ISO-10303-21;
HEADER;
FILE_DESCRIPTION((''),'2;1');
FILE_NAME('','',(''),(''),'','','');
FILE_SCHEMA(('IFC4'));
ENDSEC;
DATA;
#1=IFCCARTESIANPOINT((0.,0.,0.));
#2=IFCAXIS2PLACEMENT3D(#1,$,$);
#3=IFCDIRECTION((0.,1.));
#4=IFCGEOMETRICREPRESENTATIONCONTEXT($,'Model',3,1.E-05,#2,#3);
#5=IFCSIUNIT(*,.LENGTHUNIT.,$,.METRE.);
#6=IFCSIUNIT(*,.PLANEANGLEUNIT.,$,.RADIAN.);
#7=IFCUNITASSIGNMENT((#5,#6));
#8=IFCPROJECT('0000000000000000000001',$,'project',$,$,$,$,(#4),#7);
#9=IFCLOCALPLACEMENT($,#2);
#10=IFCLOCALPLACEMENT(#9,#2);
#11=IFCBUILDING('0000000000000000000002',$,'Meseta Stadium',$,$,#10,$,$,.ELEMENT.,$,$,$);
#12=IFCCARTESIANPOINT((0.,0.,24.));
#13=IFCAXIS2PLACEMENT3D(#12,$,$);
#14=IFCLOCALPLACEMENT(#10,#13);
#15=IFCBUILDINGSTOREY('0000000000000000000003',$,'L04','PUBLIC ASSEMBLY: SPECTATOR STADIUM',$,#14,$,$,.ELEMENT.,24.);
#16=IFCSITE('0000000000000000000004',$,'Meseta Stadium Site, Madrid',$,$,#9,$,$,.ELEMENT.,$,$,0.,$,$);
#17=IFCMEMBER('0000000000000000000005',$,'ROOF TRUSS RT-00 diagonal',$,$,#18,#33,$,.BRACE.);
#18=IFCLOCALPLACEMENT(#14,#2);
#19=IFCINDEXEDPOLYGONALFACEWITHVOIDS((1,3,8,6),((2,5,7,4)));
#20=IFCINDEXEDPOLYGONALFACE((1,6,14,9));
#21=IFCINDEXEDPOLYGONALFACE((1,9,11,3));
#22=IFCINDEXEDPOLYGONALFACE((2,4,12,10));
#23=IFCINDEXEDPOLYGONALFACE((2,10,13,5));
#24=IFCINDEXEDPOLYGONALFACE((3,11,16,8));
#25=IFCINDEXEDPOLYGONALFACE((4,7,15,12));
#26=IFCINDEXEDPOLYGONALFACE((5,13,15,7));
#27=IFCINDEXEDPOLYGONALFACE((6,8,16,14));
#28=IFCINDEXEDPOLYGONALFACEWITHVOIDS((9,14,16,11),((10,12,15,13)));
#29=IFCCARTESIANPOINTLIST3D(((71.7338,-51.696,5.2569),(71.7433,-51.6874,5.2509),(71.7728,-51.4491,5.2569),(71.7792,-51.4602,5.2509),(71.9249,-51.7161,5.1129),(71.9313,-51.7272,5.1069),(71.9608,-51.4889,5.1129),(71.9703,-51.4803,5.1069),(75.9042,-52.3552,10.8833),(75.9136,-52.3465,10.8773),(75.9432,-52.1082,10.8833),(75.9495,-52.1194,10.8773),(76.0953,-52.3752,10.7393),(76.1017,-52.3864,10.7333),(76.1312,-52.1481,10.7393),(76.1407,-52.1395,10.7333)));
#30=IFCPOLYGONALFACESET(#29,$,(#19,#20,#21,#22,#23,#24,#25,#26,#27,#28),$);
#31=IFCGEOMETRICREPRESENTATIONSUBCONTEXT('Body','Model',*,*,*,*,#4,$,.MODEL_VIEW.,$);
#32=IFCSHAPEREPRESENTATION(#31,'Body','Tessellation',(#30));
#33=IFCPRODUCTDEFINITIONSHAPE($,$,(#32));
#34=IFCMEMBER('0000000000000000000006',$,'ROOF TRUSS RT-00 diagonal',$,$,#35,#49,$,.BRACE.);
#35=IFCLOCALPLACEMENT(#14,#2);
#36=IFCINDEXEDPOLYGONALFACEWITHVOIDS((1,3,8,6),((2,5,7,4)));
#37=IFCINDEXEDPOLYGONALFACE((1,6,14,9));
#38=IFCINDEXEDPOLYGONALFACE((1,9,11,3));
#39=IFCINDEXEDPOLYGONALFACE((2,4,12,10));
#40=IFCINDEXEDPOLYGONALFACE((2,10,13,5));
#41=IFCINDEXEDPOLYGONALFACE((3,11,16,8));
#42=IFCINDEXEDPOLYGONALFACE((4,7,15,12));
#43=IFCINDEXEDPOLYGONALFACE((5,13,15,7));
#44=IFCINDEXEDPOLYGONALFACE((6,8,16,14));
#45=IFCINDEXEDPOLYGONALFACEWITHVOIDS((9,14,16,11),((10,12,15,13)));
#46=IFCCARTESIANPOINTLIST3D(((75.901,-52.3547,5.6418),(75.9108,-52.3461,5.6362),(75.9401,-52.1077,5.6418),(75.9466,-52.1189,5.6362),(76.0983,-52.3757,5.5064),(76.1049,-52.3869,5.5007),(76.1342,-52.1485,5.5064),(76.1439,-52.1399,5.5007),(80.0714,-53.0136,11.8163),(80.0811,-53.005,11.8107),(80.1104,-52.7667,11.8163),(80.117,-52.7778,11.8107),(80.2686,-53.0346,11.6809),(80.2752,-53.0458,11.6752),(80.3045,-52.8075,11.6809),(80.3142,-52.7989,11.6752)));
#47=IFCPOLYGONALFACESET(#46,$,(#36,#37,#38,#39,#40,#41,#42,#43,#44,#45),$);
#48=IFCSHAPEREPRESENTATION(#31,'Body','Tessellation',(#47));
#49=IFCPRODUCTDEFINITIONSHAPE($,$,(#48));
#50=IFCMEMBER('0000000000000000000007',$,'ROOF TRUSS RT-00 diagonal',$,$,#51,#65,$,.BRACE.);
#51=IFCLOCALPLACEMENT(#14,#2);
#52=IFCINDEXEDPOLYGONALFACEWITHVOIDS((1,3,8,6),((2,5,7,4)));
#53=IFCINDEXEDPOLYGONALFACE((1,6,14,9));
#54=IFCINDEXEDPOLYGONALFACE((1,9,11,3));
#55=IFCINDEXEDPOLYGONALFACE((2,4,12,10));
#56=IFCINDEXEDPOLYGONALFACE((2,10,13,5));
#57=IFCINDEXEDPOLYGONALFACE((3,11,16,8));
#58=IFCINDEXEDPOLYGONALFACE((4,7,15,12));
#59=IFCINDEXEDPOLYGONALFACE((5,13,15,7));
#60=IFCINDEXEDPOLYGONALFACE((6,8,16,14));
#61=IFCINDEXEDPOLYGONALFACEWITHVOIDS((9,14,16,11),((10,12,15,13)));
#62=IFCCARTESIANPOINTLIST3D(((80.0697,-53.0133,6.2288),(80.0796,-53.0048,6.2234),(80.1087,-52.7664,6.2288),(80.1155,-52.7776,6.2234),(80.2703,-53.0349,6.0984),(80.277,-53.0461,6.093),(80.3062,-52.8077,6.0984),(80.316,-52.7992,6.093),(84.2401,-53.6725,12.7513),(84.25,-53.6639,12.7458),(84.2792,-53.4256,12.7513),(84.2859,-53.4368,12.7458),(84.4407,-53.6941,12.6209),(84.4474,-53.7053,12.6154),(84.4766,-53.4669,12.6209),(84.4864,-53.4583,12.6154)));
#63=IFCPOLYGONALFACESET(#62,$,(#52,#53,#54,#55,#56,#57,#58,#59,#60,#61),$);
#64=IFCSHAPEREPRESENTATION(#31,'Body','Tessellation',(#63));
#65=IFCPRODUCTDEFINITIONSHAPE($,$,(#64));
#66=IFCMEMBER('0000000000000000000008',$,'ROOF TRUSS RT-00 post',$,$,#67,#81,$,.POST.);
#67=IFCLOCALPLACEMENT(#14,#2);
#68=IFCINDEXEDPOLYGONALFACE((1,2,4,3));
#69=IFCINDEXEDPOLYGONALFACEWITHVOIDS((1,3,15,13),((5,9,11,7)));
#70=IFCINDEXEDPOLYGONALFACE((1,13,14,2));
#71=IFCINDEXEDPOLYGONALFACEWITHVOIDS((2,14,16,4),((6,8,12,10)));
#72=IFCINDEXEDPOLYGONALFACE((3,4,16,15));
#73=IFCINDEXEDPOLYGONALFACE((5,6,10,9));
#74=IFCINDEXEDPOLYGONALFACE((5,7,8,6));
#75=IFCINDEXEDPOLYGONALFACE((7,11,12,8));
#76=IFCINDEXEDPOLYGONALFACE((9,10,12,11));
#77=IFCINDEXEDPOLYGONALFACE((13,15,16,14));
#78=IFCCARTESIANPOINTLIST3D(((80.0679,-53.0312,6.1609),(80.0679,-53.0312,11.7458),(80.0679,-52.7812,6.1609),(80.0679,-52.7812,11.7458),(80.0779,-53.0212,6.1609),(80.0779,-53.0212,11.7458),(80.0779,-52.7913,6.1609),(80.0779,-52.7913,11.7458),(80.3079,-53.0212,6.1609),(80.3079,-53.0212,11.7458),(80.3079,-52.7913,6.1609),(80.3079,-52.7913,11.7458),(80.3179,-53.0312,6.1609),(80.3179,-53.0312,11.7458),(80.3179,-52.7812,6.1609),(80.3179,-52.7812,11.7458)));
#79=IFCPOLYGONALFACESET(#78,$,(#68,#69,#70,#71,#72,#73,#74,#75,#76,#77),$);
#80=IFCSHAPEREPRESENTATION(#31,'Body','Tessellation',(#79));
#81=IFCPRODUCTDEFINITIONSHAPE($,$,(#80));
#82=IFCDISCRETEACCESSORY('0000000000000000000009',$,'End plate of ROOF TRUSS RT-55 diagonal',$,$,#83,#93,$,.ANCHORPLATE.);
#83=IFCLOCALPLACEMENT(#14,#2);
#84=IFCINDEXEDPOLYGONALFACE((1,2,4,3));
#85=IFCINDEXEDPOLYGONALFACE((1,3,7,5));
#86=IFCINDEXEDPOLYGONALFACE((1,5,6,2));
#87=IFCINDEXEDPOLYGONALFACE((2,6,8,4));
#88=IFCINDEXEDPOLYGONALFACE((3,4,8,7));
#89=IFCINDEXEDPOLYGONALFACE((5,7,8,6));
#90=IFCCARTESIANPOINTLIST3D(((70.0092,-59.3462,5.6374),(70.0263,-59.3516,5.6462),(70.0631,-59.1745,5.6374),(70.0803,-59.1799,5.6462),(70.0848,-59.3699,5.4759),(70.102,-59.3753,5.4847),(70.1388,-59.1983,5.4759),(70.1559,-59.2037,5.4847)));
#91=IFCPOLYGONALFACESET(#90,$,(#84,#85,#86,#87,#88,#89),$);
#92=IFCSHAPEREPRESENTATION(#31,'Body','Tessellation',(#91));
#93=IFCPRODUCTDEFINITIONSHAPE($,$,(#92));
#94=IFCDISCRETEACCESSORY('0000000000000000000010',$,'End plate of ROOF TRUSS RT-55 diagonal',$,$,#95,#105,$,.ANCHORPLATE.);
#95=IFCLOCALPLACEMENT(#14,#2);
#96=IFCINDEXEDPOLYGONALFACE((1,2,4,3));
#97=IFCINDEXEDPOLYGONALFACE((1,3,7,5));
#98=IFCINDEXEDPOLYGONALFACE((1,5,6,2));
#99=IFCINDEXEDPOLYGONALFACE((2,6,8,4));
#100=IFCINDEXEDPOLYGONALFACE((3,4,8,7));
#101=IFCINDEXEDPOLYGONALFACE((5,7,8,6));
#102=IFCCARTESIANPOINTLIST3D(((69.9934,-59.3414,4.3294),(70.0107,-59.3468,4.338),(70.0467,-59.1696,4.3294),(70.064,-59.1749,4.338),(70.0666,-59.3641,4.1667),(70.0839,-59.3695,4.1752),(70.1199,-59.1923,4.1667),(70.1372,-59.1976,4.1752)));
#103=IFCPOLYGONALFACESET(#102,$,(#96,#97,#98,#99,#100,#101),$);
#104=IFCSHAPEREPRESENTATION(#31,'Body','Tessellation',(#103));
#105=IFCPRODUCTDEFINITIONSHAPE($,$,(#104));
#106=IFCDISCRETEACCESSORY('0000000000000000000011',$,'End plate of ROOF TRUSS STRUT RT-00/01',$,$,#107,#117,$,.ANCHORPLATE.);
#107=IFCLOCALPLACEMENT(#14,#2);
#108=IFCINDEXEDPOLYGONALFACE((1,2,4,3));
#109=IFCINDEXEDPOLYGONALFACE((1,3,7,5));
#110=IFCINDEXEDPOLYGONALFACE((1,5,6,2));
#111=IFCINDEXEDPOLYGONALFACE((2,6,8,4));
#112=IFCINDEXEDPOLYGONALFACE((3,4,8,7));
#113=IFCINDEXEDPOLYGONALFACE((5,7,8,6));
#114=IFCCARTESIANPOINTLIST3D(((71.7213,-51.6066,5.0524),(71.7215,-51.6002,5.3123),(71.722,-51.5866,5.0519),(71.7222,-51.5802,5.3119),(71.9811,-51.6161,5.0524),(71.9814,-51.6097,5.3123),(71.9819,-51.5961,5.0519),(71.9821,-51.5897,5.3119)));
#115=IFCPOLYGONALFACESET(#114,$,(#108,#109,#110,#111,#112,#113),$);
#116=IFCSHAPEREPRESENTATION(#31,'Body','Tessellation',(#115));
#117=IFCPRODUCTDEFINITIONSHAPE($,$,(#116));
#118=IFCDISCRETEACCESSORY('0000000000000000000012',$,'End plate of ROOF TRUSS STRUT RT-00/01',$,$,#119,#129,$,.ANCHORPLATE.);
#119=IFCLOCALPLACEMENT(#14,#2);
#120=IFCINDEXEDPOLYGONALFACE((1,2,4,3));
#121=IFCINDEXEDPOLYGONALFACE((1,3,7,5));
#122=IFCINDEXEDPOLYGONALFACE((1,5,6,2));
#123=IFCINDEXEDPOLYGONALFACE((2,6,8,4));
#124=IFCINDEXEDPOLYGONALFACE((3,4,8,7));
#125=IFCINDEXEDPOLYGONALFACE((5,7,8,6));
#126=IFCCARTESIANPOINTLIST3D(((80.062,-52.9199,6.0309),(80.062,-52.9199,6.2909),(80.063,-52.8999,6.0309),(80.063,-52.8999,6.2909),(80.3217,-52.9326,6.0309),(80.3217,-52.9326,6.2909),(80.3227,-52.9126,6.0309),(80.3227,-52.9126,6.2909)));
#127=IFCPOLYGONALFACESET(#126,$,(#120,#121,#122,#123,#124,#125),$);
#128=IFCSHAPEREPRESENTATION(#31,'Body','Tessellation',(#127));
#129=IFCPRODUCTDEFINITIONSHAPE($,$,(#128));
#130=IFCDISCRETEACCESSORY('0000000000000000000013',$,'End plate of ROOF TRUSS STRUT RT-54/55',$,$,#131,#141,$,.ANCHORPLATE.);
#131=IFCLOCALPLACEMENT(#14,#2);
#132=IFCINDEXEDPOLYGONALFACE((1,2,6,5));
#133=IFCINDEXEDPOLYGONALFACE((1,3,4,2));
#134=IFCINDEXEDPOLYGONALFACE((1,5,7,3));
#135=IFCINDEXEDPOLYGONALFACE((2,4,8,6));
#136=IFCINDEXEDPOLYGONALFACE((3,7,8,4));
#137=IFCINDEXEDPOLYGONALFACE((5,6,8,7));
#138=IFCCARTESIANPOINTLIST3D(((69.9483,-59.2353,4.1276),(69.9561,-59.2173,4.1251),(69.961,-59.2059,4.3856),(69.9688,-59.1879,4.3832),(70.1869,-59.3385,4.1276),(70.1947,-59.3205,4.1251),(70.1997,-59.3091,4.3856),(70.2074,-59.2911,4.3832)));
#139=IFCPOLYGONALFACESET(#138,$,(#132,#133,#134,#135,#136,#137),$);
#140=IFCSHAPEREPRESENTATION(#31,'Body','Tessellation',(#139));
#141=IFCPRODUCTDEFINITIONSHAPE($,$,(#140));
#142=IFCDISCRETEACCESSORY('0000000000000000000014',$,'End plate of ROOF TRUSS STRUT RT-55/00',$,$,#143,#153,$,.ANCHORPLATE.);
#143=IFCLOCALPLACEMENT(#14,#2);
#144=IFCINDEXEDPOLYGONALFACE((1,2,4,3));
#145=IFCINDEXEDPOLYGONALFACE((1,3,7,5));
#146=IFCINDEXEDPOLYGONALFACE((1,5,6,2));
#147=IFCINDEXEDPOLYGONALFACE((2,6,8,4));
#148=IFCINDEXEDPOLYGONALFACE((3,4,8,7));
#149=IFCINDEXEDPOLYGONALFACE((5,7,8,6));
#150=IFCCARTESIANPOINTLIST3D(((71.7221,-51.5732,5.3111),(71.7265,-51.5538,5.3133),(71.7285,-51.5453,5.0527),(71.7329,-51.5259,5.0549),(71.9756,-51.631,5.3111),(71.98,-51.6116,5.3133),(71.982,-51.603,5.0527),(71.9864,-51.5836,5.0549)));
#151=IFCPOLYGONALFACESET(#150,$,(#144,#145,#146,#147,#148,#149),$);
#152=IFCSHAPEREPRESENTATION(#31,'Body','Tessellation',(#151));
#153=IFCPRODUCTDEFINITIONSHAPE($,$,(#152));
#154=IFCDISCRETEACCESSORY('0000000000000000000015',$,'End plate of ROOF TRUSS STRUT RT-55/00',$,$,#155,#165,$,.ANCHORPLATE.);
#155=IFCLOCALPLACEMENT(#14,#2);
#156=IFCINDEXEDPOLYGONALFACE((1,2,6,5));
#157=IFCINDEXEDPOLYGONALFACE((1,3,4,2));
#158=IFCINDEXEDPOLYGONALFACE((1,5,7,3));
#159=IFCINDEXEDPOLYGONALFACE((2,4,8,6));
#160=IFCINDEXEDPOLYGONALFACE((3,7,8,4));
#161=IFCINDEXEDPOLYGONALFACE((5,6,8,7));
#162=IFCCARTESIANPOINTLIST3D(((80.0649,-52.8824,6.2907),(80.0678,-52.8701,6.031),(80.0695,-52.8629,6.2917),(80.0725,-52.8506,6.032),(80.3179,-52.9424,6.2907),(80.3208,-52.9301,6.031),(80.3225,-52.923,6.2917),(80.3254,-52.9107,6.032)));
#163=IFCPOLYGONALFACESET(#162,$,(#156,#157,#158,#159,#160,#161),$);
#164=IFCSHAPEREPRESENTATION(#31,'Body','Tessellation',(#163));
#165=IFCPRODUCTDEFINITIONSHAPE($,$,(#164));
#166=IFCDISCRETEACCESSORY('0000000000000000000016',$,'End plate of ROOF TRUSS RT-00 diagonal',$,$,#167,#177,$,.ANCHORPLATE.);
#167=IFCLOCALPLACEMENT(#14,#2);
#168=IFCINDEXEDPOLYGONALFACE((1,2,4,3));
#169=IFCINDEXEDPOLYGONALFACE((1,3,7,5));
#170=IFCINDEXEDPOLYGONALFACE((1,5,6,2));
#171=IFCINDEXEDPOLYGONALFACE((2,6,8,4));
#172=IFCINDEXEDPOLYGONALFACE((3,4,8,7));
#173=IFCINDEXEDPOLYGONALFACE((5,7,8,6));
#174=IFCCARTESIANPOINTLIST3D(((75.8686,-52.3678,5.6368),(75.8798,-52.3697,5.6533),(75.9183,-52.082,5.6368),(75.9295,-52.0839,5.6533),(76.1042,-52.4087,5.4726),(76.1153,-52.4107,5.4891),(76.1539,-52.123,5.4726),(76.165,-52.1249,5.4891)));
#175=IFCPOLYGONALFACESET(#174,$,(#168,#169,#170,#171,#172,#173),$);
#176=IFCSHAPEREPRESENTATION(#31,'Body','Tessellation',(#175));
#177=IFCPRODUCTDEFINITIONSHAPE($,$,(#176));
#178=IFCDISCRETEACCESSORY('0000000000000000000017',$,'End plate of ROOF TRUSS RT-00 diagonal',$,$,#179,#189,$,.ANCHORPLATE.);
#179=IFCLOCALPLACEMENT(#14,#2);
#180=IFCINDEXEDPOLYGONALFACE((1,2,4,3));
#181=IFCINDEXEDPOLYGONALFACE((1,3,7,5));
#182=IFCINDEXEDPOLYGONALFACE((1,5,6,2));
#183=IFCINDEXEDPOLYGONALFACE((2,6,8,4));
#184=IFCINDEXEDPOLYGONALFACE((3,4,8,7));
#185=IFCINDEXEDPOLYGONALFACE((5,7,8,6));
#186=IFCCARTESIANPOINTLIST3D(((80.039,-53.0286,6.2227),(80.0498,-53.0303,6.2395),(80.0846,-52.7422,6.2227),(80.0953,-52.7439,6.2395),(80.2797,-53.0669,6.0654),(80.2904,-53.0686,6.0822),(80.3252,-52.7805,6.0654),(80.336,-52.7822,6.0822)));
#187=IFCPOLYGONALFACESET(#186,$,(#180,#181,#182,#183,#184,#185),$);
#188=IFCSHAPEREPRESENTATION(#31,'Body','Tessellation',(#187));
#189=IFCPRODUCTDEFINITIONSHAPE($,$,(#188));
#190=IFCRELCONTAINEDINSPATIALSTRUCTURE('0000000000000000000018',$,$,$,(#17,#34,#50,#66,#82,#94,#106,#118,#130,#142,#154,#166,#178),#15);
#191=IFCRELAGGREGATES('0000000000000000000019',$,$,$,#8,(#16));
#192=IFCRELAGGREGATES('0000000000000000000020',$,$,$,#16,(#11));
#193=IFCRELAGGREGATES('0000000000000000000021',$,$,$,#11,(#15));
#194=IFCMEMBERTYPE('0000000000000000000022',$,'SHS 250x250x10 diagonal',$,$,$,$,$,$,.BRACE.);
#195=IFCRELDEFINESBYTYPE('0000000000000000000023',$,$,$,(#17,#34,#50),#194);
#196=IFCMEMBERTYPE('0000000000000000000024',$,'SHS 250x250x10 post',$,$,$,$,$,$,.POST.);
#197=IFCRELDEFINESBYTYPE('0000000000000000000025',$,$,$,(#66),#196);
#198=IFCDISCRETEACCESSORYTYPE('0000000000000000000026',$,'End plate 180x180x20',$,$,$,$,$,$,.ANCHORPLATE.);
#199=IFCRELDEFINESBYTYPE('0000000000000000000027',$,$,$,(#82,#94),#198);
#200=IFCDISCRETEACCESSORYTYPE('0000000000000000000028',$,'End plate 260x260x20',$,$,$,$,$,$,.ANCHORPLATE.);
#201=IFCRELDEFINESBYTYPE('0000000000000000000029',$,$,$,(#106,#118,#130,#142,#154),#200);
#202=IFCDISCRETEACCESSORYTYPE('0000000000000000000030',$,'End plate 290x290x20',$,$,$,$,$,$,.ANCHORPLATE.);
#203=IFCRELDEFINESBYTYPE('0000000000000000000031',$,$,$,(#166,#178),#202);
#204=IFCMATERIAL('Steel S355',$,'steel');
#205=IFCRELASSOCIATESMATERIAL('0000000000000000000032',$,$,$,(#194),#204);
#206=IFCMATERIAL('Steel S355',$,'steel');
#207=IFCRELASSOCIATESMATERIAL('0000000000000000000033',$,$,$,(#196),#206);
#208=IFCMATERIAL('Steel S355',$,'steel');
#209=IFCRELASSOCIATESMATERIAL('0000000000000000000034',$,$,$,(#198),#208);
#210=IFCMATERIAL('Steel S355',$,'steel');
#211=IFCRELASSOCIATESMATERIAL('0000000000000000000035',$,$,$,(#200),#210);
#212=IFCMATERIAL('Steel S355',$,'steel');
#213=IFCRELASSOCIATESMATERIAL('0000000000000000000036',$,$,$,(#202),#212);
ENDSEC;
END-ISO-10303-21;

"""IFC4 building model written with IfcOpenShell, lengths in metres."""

from ifc_helpers import new_model, si_unit, direction, frame, origin, origin_2d, place, context, subcontext, project, spatial, rectangle, hollow_rectangle, extrude, material, material_profile, profile_set, type_object, element, save


model = new_model("IFC4")

# Units and contexts
model_context = context("Model", 3, precision=1e-05, world=origin(), true_north=direction((0.0, 1.0)))
body_context = subcontext(model_context, "Body", "Model", "MODEL_VIEW")
ifc_project = project(units=[si_unit("LENGTHUNIT", "METRE"), si_unit("PLANEANGLEUNIT", "RADIAN")], contexts=[model_context])

# Site, building, storey
site_placement = place(None, origin())
site = spatial("IfcSite", under=ifc_project, at=site_placement, Name="Meseta Stadium Site, Madrid", CompositionType="ELEMENT", RefElevation=0.0)
building_placement = place(site_placement, origin())
building = spatial("IfcBuilding", under=site, at=building_placement, Name="Meseta Stadium", CompositionType="ELEMENT")
storey_placement = place(building_placement, frame((0.0, 0.0, 24.0)))
storey = spatial("IfcBuildingStorey", under=building, at=storey_placement, Name="L04", Description="PUBLIC ASSEMBLY: SPECTATOR STADIUM", CompositionType="ELEMENT", Elevation=24.0)

# Members
ifc_material_1 = material(Name="Steel S355", Category="steel")
ifc_material_profile_1 = material_profile(ifc_material_1, hollow_rectangle(XDim=0.25, YDim=0.25, WallThickness=0.01, at=origin_2d()), Name="SHS 250x250x10")
ifc_profile_set_1 = profile_set([ifc_material_profile_1], Name="Steel S355")
member_type_1 = type_object("IfcMemberType", Name="SHS 250x250x10 diagonal", PredefinedType="BRACE", material=ifc_profile_set_1)
member_1_placement = place(storey_placement, frame((71.8521, -51.5881, 5.1819), z_axis=(0.592852, -0.093707, 0.799841), x_axis=(0.156123, 0.987738, 0.0)))
element("IfcMember", 1, at=member_1_placement, inside=storey, type_object=member_type_1, Name="ROOF TRUSS RT-00 diagonal", PredefinedType="BRACE", context=body_context, shape_type="SweptSolid", body=[
    extrude(hollow_rectangle(XDim=0.25, YDim=0.25, WallThickness=0.01, at=origin_2d()), origin(), (0.0, 0.0, 1.0), 7.0344),
])
member_2_placement = place(storey_placement, frame((76.0225, -52.2473, 5.5713), z_axis=(0.557535, -0.088092, 0.825466), x_axis=(0.156066, 0.987747, 0.0)))
element("IfcMember", 2, at=member_2_placement, inside=storey, type_object=member_type_1, Name="ROOF TRUSS RT-00 diagonal", PredefinedType="BRACE", context=body_context, shape_type="SweptSolid", body=[
    extrude(hollow_rectangle(XDim=0.25, YDim=0.25, WallThickness=0.01, at=origin_2d()), origin(), (0.0, 0.0, 1.0), 7.48),
])
member_3_placement = place(storey_placement, frame((80.1929, -52.9062, 6.1609), z_axis=(0.536748, -0.084839, 0.839466), x_axis=(0.156123, 0.987738, 0.0)))
element("IfcMember", 3, at=member_3_placement, inside=storey, type_object=member_type_1, Name="ROOF TRUSS RT-00 diagonal", PredefinedType="BRACE", context=body_context, shape_type="SweptSolid", body=[
    extrude(hollow_rectangle(XDim=0.25, YDim=0.25, WallThickness=0.01, at=origin_2d()), origin(), (0.0, 0.0, 1.0), 7.7698),
])
ifc_material_2 = material(Name="Steel S355", Category="steel")
ifc_material_profile_2 = material_profile(ifc_material_2, hollow_rectangle(XDim=0.25, YDim=0.25, WallThickness=0.01, at=origin_2d()), Name="SHS 250x250x10")
ifc_profile_set_2 = profile_set([ifc_material_profile_2], Name="Steel S355")
member_type_2 = type_object("IfcMemberType", Name="SHS 250x250x10 post", PredefinedType="POST", material=ifc_profile_set_2)
member_4_placement = place(storey_placement, frame((80.1929, -52.9062, 6.1609), z_axis=(0.0, 0.0, 1.0), x_axis=(1.0, 0.0, 0.0)))
element("IfcMember", 4, at=member_4_placement, inside=storey, type_object=member_type_2, Name="ROOF TRUSS RT-00 post", PredefinedType="POST", context=body_context, shape_type="SweptSolid", body=[
    extrude(hollow_rectangle(XDim=0.25, YDim=0.25, WallThickness=0.01, at=origin_2d()), origin(), (0.0, 0.0, 1.0), 5.585),
])

# Discrete accessories
ifc_material_3 = material(Name="Steel S355", Category="steel")
ifc_material_profile_3 = material_profile(ifc_material_3, rectangle(XDim=0.1799, YDim=0.1799, at=origin_2d()), Name="PL 180x180")
ifc_profile_set_3 = profile_set([ifc_material_profile_3], Name="Steel S355")
discrete_accessory_type_1 = type_object("IfcDiscreteAccessoryType", Name="End plate 180x180x20", PredefinedType="ANCHORPLATE", material=ifc_profile_set_3)
for number, where, z_axis, x_axis, name in (
    (5, (70.074, -59.2722, 5.5566), (0.856465, -0.269175, 0.440468), (0.299827, 0.953994, 0.0), "End plate of ROOF TRUSS RT-55 diagonal"),
    (6, (70.0566, -59.2668, 4.248), (0.864184, -0.267775, 0.426006), (0.295976, 0.955195, 0.0), "End plate of ROOF TRUSS RT-55 diagonal"),
):
    element("IfcDiscreteAccessory", number, at=place(storey_placement, frame(where, z_axis=z_axis, x_axis=x_axis)), inside=storey, type_object=discrete_accessory_type_1, Name=name, PredefinedType="ANCHORPLATE", context=body_context, shape_type="SweptSolid", body=[
        extrude(rectangle(XDim=0.1799, YDim=0.1799, at=origin_2d()), origin(), (0.0, 0.0, 1.0), 0.02),
    ])
ifc_material_4 = material(Name="Steel S355", Category="steel")
ifc_material_profile_4 = material_profile(ifc_material_4, rectangle(XDim=0.26, YDim=0.26, at=origin_2d()), Name="PL 260x260")
ifc_profile_set_4 = profile_set([ifc_material_profile_4], Name="Steel S355")
discrete_accessory_type_2 = type_object("IfcDiscreteAccessoryType", Name="End plate 260x260x20", PredefinedType="ANCHORPLATE", material=ifc_profile_set_4)
for number, where, z_axis, x_axis, name in (
    (7, (71.8513, -51.6082, 5.1824), (0.03655, 0.999035, -0.024367), (-0.999331, 0.036561, 0.0), "End plate of ROOF TRUSS STRUT RT-00/01"),
    (8, (80.1919, -52.9263, 6.1609), (0.048723, 0.998812, 0.0), (-0.998812, 0.048723, 0.0), "End plate of ROOF TRUSS STRUT RT-00/01"),
):
    element("IfcDiscreteAccessory", number, at=place(storey_placement, frame(where, z_axis=z_axis, x_axis=x_axis)), inside=storey, type_object=discrete_accessory_type_2, Name=name, PredefinedType="ANCHORPLATE", context=body_context, shape_type="SweptSolid", body=[
        extrude(rectangle(XDim=0.26, YDim=0.26, at=origin_2d()), origin(), (0.0, 0.0, 1.0), 0.02),
    ])
discrete_accessory_placement = place(storey_placement, frame((70.074, -59.2722, 4.2566), z_axis=(0.393893, 0.910877, -0.123091), x_axis=(-0.917857, 0.396911, 0.0)))
element("IfcDiscreteAccessory", 9, at=discrete_accessory_placement, inside=storey, type_object=discrete_accessory_type_2, Name="End plate of ROOF TRUSS STRUT RT-54/55", PredefinedType="ANCHORPLATE", context=body_context, shape_type="SweptSolid", body=[
    extrude(rectangle(XDim=0.26, YDim=0.26, at=origin_2d()), origin(), (0.0, 0.0, 1.0), 0.0198),
])
for number, where, z_axis, x_axis, name in (
    (10, (71.8521, -51.5881, 5.1819), (0.220797, 0.969052, 0.110398), (-0.975011, 0.222155, 0.0), "End plate of ROOF TRUSS STRUT RT-55/00"),
    (11, (80.1929, -52.9062, 6.1609), (0.230799, 0.971787, 0.048589), (-0.972937, 0.231072, 0.0), "End plate of ROOF TRUSS STRUT RT-55/00"),
):
    element("IfcDiscreteAccessory", number, at=place(storey_placement, frame(where, z_axis=z_axis, x_axis=x_axis)), inside=storey, type_object=discrete_accessory_type_2, Name=name, PredefinedType="ANCHORPLATE", context=body_context, shape_type="SweptSolid", body=[
        extrude(rectangle(XDim=0.26, YDim=0.26, at=origin_2d()), origin(), (0.0, 0.0, 1.0), 0.02),
    ])
ifc_material_5 = material(Name="Steel S355", Category="steel")
ifc_material_profile_5 = material_profile(ifc_material_5, rectangle(XDim=0.29, YDim=0.29, at=origin_2d()), Name="PL 290x290")
ifc_profile_set_5 = profile_set([ifc_material_profile_5], Name="Steel S355")
discrete_accessory_type_3 = type_object("IfcDiscreteAccessoryType", Name="End plate 290x290x20", PredefinedType="ANCHORPLATE", material=ifc_profile_set_5)
for number, where, z_axis, x_axis, name in (
    (12, (76.0112, -52.2454, 5.5547), (0.557668, -0.096986, 0.824379), (0.171341, 0.985212, 0.0), "End plate of ROOF TRUSS RT-00 diagonal"),
    (13, (80.1821, -52.9045, 6.144), (0.53571, -0.085227, 0.84009), (0.157115, 0.98758, 0.0), "End plate of ROOF TRUSS RT-00 diagonal"),
):
    element("IfcDiscreteAccessory", number, at=place(storey_placement, frame(where, z_axis=z_axis, x_axis=x_axis)), inside=storey, type_object=discrete_accessory_type_3, Name=name, PredefinedType="ANCHORPLATE", context=body_context, shape_type="SweptSolid", body=[
        extrude(rectangle(XDim=0.29, YDim=0.29, at=origin_2d()), origin(), (0.0, 0.0, 1.0), 0.02),
    ])

save(model, "model.ifc")
